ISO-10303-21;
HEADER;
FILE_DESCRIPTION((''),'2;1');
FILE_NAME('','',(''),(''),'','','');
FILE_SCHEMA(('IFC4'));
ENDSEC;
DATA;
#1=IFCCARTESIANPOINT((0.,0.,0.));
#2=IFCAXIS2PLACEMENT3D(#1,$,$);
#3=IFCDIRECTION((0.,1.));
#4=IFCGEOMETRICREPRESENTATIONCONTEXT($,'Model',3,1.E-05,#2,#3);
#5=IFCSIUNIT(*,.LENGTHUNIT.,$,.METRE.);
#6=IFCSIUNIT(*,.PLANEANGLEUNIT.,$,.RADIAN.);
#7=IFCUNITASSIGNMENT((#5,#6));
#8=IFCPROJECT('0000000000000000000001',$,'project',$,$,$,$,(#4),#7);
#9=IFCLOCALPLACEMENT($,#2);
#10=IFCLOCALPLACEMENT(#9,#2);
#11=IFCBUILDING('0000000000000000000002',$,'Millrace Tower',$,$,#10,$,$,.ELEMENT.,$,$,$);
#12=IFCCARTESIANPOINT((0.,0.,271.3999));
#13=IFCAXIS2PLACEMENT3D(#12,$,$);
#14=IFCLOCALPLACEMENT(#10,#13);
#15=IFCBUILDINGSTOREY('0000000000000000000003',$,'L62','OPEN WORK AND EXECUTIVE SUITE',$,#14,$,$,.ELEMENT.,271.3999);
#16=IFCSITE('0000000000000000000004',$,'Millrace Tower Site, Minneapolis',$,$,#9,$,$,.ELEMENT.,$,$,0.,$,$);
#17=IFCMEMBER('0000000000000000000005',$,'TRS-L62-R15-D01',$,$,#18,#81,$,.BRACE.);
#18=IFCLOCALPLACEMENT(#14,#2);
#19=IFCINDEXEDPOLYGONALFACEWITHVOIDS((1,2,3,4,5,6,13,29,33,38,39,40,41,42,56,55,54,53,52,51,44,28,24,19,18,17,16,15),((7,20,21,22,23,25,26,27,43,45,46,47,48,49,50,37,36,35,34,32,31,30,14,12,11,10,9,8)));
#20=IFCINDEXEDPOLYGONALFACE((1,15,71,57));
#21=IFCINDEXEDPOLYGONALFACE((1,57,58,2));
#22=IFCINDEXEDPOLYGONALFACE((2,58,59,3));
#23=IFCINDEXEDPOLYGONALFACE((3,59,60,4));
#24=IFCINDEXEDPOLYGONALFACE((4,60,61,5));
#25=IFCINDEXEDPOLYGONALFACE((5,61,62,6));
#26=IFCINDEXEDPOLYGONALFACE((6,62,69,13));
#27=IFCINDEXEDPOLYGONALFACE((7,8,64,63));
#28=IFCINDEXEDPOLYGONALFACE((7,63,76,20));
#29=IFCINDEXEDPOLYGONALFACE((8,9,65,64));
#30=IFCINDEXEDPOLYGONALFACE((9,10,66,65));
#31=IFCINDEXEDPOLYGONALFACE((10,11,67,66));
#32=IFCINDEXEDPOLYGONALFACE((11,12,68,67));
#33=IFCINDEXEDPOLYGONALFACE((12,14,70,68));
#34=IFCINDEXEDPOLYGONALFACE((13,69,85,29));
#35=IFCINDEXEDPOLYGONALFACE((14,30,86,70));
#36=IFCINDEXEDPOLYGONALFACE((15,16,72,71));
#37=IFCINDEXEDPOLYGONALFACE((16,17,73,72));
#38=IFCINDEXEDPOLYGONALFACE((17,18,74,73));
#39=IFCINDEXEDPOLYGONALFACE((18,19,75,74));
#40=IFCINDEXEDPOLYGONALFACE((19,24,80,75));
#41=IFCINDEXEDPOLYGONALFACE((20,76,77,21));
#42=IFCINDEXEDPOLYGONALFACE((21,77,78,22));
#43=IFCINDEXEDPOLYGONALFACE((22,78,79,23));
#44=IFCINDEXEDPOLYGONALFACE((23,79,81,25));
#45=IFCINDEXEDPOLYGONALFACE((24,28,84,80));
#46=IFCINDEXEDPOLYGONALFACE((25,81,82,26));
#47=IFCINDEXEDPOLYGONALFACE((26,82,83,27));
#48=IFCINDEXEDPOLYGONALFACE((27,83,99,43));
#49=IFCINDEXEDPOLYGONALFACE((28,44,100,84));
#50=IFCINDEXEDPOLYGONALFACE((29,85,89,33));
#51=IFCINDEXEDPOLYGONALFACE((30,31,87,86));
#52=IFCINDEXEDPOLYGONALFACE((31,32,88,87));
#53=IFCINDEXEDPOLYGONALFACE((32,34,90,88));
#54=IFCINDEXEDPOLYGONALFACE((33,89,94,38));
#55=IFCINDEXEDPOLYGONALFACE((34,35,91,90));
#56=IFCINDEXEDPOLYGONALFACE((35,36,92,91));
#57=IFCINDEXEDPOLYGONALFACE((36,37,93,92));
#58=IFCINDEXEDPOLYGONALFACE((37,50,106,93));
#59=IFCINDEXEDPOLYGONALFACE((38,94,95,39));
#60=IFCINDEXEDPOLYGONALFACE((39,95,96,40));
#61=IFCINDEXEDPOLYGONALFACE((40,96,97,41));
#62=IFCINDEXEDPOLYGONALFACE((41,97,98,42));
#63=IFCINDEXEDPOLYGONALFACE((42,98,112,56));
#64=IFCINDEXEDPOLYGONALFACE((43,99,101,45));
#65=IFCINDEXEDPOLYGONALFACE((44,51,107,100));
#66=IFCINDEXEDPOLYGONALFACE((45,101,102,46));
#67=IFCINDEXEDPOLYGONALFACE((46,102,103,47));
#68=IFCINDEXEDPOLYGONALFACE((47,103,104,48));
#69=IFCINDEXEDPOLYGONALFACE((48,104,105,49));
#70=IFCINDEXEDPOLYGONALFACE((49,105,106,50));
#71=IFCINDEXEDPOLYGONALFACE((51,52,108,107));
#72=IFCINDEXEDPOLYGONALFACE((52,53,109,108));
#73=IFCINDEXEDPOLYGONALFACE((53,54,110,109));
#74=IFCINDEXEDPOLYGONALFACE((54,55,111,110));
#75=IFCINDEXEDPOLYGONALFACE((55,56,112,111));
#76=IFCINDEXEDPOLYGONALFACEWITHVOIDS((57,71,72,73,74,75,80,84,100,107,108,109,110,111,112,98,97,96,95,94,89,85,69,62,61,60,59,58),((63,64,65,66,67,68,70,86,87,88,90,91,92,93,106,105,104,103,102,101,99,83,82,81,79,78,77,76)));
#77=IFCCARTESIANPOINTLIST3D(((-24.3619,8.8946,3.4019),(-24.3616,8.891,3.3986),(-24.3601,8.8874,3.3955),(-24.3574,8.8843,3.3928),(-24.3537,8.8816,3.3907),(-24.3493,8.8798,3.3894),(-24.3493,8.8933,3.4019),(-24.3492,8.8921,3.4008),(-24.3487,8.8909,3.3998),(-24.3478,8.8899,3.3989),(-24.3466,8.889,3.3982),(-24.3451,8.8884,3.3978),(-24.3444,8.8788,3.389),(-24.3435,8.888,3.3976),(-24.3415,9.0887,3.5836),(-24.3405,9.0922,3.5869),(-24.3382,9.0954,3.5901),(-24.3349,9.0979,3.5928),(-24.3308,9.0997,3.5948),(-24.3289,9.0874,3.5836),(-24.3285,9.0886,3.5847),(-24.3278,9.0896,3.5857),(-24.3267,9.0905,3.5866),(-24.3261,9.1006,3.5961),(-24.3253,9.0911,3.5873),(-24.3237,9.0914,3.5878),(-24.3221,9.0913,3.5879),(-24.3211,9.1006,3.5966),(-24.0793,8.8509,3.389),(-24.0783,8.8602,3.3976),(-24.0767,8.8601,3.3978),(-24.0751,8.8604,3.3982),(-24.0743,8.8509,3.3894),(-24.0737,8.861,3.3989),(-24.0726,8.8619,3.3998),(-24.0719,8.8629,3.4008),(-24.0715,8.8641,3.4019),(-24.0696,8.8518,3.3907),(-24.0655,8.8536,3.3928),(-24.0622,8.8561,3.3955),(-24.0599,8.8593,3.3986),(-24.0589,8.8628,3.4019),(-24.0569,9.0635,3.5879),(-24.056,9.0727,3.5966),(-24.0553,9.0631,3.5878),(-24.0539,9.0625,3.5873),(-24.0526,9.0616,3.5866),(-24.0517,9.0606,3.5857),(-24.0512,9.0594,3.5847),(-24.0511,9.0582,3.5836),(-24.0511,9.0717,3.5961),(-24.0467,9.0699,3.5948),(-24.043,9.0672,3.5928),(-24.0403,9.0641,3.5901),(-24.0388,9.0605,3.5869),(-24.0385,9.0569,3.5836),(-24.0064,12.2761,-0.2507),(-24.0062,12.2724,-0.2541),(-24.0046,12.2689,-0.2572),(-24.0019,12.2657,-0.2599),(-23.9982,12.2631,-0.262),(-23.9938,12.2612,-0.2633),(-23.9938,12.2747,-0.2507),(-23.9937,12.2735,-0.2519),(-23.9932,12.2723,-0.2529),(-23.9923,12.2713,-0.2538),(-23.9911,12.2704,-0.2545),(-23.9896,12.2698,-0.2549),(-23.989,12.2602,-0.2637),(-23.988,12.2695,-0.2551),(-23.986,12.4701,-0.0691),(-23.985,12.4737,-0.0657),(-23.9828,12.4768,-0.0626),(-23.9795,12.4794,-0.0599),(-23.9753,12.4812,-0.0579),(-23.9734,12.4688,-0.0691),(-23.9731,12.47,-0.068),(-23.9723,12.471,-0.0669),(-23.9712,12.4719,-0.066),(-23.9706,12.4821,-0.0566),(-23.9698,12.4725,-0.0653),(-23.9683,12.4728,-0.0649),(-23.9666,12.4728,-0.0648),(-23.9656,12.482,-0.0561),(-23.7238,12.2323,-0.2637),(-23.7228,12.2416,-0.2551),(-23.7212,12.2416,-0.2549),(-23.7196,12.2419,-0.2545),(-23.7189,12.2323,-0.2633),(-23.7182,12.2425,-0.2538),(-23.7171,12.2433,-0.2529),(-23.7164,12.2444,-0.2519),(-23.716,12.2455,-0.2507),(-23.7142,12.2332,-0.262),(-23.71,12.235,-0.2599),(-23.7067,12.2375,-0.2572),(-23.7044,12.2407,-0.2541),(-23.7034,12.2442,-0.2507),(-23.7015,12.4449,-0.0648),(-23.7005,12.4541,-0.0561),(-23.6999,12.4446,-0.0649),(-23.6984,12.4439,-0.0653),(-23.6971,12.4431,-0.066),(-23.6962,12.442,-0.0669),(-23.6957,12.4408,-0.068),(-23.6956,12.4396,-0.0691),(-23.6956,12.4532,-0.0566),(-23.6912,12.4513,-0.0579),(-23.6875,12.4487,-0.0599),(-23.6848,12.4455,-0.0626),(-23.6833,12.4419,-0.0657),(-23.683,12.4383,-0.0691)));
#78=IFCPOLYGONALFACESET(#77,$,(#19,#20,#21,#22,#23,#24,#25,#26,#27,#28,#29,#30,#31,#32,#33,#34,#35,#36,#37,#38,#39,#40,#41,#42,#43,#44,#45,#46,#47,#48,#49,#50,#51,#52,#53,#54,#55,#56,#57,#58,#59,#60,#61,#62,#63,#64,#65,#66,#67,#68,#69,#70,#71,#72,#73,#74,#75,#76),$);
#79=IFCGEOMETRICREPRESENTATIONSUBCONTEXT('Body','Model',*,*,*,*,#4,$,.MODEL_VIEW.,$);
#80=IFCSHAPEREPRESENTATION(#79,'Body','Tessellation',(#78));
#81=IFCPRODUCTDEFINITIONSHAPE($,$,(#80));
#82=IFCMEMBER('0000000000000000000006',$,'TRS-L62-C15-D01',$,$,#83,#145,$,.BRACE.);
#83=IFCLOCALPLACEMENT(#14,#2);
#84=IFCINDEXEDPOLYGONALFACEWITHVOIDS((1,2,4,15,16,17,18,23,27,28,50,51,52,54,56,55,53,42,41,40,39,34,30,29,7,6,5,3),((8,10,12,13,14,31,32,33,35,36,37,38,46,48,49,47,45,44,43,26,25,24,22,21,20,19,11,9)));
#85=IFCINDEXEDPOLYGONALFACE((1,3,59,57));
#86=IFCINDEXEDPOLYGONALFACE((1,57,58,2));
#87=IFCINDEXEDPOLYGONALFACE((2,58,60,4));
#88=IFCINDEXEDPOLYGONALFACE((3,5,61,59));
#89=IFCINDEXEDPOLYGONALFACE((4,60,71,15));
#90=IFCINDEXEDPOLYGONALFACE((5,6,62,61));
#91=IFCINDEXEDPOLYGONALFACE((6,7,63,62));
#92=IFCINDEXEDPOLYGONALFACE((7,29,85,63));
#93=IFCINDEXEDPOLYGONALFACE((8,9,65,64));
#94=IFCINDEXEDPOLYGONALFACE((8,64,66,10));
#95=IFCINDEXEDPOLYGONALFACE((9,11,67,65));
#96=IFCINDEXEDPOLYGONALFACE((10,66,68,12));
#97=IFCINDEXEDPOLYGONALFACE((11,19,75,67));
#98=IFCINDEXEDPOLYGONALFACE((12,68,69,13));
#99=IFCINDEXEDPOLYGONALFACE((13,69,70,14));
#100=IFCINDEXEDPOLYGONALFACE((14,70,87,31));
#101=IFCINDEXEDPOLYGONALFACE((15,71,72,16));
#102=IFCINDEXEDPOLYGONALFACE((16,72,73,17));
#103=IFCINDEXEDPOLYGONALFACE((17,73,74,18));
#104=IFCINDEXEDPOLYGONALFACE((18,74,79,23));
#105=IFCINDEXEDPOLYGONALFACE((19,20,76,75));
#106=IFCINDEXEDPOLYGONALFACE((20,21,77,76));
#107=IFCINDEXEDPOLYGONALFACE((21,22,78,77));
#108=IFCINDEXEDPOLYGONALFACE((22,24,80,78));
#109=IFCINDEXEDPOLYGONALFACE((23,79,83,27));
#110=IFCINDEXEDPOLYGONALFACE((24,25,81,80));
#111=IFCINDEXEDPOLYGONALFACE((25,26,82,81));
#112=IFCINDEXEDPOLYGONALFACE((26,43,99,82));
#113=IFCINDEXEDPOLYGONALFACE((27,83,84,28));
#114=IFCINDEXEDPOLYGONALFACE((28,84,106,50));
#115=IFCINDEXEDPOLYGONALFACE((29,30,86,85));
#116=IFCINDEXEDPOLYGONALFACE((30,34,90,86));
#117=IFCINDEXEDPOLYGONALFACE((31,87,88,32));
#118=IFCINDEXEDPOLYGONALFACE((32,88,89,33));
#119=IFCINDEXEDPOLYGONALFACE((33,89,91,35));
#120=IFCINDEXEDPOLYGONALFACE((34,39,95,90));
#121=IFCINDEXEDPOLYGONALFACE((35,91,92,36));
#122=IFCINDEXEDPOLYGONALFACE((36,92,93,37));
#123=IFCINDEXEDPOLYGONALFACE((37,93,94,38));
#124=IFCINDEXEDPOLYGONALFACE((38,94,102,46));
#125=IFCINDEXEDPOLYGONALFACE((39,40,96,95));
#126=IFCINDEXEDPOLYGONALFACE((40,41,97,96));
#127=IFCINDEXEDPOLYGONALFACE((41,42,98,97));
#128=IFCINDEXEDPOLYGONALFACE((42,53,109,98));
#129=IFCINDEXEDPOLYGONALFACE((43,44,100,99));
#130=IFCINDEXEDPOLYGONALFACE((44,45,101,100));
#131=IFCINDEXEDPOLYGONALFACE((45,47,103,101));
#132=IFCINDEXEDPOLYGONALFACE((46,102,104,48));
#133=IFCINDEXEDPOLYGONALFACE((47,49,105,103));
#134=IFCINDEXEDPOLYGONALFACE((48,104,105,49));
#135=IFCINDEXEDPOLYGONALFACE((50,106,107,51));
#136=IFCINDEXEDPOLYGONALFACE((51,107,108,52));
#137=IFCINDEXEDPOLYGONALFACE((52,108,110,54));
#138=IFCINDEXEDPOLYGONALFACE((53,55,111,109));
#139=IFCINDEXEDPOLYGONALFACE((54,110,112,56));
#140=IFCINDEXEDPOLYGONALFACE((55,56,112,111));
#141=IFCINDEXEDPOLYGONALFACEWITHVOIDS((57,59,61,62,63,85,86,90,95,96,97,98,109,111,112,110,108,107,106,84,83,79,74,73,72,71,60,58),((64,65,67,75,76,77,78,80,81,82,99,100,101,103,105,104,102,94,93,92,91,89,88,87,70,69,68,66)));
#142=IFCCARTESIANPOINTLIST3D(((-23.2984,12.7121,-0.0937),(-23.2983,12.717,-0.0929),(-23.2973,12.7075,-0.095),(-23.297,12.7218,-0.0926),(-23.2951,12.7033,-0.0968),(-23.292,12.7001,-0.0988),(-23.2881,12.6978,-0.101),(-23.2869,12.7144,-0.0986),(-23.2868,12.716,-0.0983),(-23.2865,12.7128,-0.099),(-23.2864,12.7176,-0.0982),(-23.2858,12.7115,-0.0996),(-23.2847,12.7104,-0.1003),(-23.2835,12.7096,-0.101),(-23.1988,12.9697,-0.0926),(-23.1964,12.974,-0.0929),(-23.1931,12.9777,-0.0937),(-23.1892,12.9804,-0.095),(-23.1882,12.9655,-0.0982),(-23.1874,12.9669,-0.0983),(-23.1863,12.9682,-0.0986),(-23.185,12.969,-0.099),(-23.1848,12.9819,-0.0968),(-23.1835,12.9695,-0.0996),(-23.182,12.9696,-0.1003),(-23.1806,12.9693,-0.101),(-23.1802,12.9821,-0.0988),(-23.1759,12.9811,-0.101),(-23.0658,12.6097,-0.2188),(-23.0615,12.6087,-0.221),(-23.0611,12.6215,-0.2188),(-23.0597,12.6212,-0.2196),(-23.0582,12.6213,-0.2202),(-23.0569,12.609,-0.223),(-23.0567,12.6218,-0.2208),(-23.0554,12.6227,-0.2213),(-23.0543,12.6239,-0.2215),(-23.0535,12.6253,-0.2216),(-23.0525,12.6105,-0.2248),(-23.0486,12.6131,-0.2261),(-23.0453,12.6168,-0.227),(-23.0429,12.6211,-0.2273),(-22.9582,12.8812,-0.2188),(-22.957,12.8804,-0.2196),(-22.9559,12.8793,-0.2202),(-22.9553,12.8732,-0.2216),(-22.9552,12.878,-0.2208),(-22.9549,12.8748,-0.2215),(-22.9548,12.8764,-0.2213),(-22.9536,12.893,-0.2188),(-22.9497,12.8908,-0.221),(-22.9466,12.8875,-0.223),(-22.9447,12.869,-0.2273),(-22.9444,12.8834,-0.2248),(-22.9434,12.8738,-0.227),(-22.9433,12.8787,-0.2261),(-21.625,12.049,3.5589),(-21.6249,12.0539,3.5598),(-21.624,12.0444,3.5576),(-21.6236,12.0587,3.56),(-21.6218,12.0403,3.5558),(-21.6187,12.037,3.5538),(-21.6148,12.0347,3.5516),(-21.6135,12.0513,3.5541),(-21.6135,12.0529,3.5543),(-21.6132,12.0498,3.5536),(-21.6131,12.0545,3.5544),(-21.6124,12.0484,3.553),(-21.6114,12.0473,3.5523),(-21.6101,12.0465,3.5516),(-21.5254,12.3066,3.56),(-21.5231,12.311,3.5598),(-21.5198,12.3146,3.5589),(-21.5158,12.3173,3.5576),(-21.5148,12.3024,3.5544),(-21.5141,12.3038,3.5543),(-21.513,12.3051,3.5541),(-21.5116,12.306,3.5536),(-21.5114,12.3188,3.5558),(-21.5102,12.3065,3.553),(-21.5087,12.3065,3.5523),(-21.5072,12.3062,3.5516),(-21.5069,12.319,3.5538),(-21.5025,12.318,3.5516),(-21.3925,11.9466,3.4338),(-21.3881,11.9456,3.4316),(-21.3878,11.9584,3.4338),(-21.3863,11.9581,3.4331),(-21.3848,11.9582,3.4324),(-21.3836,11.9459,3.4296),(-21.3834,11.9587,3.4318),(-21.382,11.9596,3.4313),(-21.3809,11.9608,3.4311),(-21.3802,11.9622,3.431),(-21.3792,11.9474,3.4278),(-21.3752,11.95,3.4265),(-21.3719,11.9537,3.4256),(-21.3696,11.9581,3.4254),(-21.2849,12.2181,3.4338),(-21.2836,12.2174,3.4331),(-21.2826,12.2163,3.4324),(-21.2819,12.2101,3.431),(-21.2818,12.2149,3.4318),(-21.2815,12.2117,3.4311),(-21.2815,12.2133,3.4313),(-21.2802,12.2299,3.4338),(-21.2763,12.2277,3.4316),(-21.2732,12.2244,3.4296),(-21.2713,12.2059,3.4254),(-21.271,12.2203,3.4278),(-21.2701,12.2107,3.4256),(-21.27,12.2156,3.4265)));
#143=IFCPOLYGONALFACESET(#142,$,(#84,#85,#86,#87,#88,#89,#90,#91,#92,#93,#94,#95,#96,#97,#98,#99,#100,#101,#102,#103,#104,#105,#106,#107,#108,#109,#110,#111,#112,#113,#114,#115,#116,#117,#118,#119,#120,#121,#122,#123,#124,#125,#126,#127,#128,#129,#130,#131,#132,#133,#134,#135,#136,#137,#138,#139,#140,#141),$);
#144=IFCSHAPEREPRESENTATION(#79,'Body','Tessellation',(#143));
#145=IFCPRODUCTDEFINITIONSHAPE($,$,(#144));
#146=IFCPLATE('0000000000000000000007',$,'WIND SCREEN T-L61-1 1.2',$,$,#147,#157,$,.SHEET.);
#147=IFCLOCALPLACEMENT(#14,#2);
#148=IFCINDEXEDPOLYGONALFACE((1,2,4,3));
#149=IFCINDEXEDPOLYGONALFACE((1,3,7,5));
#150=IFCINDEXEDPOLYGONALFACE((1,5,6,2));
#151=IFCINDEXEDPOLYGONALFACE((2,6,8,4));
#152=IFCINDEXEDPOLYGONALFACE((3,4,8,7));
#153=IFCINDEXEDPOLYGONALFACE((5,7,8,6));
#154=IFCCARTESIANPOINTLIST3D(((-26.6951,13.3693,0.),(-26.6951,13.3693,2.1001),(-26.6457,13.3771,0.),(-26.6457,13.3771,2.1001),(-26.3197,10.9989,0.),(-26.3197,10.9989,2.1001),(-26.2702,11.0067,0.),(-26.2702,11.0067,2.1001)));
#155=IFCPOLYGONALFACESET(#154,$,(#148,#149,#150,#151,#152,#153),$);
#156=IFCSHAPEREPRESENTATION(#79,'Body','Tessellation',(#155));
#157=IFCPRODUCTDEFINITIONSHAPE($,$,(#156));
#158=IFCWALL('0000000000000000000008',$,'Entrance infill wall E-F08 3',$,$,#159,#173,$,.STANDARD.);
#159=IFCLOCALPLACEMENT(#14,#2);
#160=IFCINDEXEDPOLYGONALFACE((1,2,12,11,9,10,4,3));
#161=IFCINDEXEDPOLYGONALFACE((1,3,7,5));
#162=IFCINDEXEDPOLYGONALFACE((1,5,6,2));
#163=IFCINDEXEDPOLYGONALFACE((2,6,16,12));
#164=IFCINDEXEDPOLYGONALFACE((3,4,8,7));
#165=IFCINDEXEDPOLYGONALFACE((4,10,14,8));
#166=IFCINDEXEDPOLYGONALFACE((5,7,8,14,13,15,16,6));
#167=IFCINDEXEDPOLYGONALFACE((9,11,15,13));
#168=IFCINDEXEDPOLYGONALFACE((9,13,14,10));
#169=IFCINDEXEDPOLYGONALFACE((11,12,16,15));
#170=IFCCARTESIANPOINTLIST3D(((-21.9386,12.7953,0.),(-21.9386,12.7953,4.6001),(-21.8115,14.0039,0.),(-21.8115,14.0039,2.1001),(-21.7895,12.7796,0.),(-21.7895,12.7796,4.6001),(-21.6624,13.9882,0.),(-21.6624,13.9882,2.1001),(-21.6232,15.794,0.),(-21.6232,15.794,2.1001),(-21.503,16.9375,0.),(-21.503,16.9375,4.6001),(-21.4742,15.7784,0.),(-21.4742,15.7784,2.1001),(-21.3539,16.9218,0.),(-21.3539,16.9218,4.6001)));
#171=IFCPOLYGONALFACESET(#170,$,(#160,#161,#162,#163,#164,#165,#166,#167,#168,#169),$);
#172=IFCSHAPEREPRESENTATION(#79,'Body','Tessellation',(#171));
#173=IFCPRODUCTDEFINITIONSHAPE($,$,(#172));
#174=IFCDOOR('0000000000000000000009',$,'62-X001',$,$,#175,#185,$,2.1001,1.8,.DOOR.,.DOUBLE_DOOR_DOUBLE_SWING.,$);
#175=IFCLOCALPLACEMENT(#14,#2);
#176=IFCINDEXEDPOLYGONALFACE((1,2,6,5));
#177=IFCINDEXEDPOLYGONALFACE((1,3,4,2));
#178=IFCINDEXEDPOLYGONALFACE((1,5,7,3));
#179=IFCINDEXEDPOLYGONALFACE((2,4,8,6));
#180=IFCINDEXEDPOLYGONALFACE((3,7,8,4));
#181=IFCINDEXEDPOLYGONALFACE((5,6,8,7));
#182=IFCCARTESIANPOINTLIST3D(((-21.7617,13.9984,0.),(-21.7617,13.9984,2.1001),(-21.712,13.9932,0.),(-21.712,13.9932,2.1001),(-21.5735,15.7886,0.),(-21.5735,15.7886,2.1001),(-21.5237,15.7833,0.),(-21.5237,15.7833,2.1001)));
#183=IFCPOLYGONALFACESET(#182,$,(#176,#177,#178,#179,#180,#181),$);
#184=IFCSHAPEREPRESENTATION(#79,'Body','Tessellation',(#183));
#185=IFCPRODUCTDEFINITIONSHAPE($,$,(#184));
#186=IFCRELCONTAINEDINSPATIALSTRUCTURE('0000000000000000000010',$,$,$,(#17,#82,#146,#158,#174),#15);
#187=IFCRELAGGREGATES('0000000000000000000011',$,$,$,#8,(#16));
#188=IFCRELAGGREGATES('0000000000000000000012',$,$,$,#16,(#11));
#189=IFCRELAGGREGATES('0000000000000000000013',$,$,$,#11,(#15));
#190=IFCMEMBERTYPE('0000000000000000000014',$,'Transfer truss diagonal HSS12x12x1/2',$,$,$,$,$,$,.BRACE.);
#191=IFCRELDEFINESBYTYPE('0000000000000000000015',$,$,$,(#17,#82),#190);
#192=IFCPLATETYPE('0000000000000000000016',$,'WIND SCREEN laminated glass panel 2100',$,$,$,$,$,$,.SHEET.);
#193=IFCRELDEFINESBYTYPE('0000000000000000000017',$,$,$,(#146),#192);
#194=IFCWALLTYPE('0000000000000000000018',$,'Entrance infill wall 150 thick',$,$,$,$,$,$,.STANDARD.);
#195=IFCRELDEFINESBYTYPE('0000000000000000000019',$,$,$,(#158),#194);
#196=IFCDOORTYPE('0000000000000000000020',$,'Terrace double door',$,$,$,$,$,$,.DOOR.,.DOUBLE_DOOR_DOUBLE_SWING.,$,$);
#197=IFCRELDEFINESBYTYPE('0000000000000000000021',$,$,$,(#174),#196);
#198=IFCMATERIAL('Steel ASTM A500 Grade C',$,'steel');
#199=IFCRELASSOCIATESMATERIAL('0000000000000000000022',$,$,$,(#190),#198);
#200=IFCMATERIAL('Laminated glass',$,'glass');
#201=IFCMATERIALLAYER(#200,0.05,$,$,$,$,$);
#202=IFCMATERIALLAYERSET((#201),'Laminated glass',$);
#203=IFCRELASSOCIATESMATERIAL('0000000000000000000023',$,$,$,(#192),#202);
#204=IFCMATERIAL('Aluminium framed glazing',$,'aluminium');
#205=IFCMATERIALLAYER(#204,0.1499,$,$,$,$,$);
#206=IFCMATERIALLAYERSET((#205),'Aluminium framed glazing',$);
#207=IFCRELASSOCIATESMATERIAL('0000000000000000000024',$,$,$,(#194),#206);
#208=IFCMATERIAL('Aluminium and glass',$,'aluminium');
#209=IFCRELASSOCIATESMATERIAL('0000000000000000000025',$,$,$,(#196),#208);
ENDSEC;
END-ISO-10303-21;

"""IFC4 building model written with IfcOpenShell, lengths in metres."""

from ifc_helpers import new_model, si_unit, direction, frame, frame_2d, origin, origin_2d, place, context, subcontext, project, spatial, rectangle, hollow_rectangle, extrude, material, layer, layer_set, material_profile, profile_set, type_object, element, fill, save


model = new_model("IFC4")

# Units and contexts
model_context = context("Model", 3, precision=1e-05, world=origin(), true_north=direction((0.0, 1.0)))
body_context = subcontext(model_context, "Body", "Model", "MODEL_VIEW")
ifc_project = project(units=[si_unit("LENGTHUNIT", "METRE"), si_unit("PLANEANGLEUNIT", "RADIAN")], contexts=[model_context])

# Site, building, storey
site_placement = place(None, origin())
site = spatial("IfcSite", under=ifc_project, at=site_placement, Name="Millrace Tower Site, Minneapolis", CompositionType="ELEMENT", RefElevation=0.0)
building_placement = place(site_placement, origin())
building = spatial("IfcBuilding", under=site, at=building_placement, Name="Millrace Tower", CompositionType="ELEMENT")
storey_placement = place(building_placement, frame((0.0, 0.0, 271.3999)))
storey = spatial("IfcBuildingStorey", under=building, at=storey_placement, Name="L62", Description="OPEN WORK AND EXECUTIVE SUITE", CompositionType="ELEMENT", Elevation=271.3999)

# Members
ifc_material_1 = material(Name="Steel ASTM A500 Grade C", Category="steel")
ifc_material_profile_1 = material_profile(ifc_material_1, hollow_rectangle(XDim=0.3047, YDim=0.3047, WallThickness=0.0127, InnerFilletRadius=0.0063, OuterFilletRadius=0.019, at=origin_2d()))
ifc_profile_set_1 = profile_set([ifc_material_profile_1], Name="Steel ASTM A500 Grade C")
member_type_1 = type_object("IfcMemberType", Name="Transfer truss diagonal HSS12x12x1/2", PredefinedType="BRACE", material=ifc_profile_set_1)
member_1_placement = place(storey_placement, frame((-23.8447, 12.3572, -0.1599), z_axis=(-0.071235, -0.677609, 0.731964), x_axis=(0.99452, -0.10455, 0.0)))
element("IfcMember", 1, at=member_1_placement, inside=storey, type_object=member_type_1, Name="TRS-L62-R15-D01", PredefinedType="BRACE", context=body_context, shape_type="SweptSolid", body=[
    extrude(hollow_rectangle(XDim=0.3047, YDim=0.3047, WallThickness=0.0127, InnerFilletRadius=0.0063, OuterFilletRadius=0.019, at=origin_2d()), origin(), (0.0, 0.0, 1.0), 4.9902),
])
member_2_placement = place(storey_placement, frame((-23.1208, 12.7954, -0.1599), z_axis=(0.410939, -0.162841, 0.897002), x_axis=(0.368395, 0.929669, 0.0)))
element("IfcMember", 2, at=member_2_placement, inside=storey, type_object=member_type_1, Name="TRS-L62-C15-D01", PredefinedType="BRACE", context=body_context, shape_type="SweptSolid", body=[
    extrude(hollow_rectangle(XDim=0.3047, YDim=0.3047, WallThickness=0.0127, InnerFilletRadius=0.0063, OuterFilletRadius=0.019, at=origin_2d()), origin(), (0.0, 0.0, 1.0), 4.072),
])

# Plate
ifc_material_2 = material(Name="Laminated glass", Category="glass")
ifc_layer_1 = layer(ifc_material_2, 0.05)
ifc_layer_set_1 = layer_set([ifc_layer_1], Name="Laminated glass")
plate_type = type_object("IfcPlateType", Name="WIND SCREEN laminated glass panel 2100", PredefinedType="SHEET", material=ifc_layer_set_1)
plate_placement = place(storey_placement, frame((-26.4827, 12.188, 0.0), z_axis=(0.0, 0.0, 1.0), x_axis=(0.156434, -0.987688, 0.0)))
element("IfcPlate", 3, at=plate_placement, inside=storey, type_object=plate_type, Name="WIND SCREEN T-L61-1 1.2", PredefinedType="SHEET", context=body_context, shape_type="SweptSolid", body=[
    extrude(rectangle(XDim=2.3999, YDim=0.05, at=origin_2d()), origin(), (0.0, 0.0, 1.0), 2.1001),
])

# Wall, opening, door
ifc_material_3 = material(Name="Aluminium framed glazing", Category="aluminium")
ifc_layer_2 = layer(ifc_material_3, 0.1499)
ifc_layer_set_2 = layer_set([ifc_layer_2], Name="Aluminium framed glazing")
wall_type_1 = type_object("IfcWallType", Name="Entrance infill wall 150 thick", PredefinedType="STANDARD", material=ifc_layer_set_2)
wall_1_placement = place(storey_placement, frame((-21.4285, 16.9297, 0.0), z_axis=(0.0, 0.0, 1.0), x_axis=(-0.104575, -0.994517, 0.0)))
wall_1 = element("IfcWall", 4, at=wall_1_placement, inside=storey, type_object=wall_type_1, Name="Entrance infill wall E-F08 3", PredefinedType="STANDARD", context=body_context, shape_type="SweptSolid", body=[
    extrude(rectangle(XDim=4.165, YDim=0.1499, at=frame_2d((2.0825, 0.0))), origin(), (0.0, 0.0, 1.0), 4.6001),
])
opening_placement = place(wall_1_placement, frame((1.1499, 0.0, 0.0)))
opening = element("IfcOpeningElement", 5, at=opening_placement, cuts=wall_1, PredefinedType="OPENING", context=body_context, shape_type="SweptSolid", body=[
    extrude(rectangle(XDim=1.8, YDim=2.1001, at=frame_2d((0.8999, 1.05))), frame((0.0, 0.085, 0.0), z_axis=(0.0, -1.0, 0.0), x_axis=(1.0, 0.0, 0.0)), (0.0, 0.0, 1.0), 0.1699),
])
ifc_material_4 = material(Name="Aluminium and glass", Category="aluminium")
door_type = type_object("IfcDoorType", Name="Terrace double door", OperationType="DOUBLE_DOOR_DOUBLE_SWING", PredefinedType="DOOR", material=ifc_material_4)
door_placement = place(opening_placement, frame((1.8, 0.0, 0.0), z_axis=(0.0, 0.0, 1.0), x_axis=(-1.0, 0.0, 0.0)))
door = element("IfcDoor", 6, at=door_placement, inside=storey, type_object=door_type, Name="62-X001", OperationType="DOUBLE_DOOR_DOUBLE_SWING", OverallHeight=2.1001, OverallWidth=1.8, PredefinedType="DOOR", context=body_context, shape_type="SweptSolid", body=[
    extrude(rectangle(XDim=1.8, YDim=2.1001, at=frame_2d((0.8999, 1.05))), frame((0.0, 0.0249, 0.0), z_axis=(0.0, -1.0, 0.0), x_axis=(1.0, 0.0, 0.0)), (0.0, 0.0, 1.0), 0.05),
])
fill(opening, door)

save(model, "model.ifc")
